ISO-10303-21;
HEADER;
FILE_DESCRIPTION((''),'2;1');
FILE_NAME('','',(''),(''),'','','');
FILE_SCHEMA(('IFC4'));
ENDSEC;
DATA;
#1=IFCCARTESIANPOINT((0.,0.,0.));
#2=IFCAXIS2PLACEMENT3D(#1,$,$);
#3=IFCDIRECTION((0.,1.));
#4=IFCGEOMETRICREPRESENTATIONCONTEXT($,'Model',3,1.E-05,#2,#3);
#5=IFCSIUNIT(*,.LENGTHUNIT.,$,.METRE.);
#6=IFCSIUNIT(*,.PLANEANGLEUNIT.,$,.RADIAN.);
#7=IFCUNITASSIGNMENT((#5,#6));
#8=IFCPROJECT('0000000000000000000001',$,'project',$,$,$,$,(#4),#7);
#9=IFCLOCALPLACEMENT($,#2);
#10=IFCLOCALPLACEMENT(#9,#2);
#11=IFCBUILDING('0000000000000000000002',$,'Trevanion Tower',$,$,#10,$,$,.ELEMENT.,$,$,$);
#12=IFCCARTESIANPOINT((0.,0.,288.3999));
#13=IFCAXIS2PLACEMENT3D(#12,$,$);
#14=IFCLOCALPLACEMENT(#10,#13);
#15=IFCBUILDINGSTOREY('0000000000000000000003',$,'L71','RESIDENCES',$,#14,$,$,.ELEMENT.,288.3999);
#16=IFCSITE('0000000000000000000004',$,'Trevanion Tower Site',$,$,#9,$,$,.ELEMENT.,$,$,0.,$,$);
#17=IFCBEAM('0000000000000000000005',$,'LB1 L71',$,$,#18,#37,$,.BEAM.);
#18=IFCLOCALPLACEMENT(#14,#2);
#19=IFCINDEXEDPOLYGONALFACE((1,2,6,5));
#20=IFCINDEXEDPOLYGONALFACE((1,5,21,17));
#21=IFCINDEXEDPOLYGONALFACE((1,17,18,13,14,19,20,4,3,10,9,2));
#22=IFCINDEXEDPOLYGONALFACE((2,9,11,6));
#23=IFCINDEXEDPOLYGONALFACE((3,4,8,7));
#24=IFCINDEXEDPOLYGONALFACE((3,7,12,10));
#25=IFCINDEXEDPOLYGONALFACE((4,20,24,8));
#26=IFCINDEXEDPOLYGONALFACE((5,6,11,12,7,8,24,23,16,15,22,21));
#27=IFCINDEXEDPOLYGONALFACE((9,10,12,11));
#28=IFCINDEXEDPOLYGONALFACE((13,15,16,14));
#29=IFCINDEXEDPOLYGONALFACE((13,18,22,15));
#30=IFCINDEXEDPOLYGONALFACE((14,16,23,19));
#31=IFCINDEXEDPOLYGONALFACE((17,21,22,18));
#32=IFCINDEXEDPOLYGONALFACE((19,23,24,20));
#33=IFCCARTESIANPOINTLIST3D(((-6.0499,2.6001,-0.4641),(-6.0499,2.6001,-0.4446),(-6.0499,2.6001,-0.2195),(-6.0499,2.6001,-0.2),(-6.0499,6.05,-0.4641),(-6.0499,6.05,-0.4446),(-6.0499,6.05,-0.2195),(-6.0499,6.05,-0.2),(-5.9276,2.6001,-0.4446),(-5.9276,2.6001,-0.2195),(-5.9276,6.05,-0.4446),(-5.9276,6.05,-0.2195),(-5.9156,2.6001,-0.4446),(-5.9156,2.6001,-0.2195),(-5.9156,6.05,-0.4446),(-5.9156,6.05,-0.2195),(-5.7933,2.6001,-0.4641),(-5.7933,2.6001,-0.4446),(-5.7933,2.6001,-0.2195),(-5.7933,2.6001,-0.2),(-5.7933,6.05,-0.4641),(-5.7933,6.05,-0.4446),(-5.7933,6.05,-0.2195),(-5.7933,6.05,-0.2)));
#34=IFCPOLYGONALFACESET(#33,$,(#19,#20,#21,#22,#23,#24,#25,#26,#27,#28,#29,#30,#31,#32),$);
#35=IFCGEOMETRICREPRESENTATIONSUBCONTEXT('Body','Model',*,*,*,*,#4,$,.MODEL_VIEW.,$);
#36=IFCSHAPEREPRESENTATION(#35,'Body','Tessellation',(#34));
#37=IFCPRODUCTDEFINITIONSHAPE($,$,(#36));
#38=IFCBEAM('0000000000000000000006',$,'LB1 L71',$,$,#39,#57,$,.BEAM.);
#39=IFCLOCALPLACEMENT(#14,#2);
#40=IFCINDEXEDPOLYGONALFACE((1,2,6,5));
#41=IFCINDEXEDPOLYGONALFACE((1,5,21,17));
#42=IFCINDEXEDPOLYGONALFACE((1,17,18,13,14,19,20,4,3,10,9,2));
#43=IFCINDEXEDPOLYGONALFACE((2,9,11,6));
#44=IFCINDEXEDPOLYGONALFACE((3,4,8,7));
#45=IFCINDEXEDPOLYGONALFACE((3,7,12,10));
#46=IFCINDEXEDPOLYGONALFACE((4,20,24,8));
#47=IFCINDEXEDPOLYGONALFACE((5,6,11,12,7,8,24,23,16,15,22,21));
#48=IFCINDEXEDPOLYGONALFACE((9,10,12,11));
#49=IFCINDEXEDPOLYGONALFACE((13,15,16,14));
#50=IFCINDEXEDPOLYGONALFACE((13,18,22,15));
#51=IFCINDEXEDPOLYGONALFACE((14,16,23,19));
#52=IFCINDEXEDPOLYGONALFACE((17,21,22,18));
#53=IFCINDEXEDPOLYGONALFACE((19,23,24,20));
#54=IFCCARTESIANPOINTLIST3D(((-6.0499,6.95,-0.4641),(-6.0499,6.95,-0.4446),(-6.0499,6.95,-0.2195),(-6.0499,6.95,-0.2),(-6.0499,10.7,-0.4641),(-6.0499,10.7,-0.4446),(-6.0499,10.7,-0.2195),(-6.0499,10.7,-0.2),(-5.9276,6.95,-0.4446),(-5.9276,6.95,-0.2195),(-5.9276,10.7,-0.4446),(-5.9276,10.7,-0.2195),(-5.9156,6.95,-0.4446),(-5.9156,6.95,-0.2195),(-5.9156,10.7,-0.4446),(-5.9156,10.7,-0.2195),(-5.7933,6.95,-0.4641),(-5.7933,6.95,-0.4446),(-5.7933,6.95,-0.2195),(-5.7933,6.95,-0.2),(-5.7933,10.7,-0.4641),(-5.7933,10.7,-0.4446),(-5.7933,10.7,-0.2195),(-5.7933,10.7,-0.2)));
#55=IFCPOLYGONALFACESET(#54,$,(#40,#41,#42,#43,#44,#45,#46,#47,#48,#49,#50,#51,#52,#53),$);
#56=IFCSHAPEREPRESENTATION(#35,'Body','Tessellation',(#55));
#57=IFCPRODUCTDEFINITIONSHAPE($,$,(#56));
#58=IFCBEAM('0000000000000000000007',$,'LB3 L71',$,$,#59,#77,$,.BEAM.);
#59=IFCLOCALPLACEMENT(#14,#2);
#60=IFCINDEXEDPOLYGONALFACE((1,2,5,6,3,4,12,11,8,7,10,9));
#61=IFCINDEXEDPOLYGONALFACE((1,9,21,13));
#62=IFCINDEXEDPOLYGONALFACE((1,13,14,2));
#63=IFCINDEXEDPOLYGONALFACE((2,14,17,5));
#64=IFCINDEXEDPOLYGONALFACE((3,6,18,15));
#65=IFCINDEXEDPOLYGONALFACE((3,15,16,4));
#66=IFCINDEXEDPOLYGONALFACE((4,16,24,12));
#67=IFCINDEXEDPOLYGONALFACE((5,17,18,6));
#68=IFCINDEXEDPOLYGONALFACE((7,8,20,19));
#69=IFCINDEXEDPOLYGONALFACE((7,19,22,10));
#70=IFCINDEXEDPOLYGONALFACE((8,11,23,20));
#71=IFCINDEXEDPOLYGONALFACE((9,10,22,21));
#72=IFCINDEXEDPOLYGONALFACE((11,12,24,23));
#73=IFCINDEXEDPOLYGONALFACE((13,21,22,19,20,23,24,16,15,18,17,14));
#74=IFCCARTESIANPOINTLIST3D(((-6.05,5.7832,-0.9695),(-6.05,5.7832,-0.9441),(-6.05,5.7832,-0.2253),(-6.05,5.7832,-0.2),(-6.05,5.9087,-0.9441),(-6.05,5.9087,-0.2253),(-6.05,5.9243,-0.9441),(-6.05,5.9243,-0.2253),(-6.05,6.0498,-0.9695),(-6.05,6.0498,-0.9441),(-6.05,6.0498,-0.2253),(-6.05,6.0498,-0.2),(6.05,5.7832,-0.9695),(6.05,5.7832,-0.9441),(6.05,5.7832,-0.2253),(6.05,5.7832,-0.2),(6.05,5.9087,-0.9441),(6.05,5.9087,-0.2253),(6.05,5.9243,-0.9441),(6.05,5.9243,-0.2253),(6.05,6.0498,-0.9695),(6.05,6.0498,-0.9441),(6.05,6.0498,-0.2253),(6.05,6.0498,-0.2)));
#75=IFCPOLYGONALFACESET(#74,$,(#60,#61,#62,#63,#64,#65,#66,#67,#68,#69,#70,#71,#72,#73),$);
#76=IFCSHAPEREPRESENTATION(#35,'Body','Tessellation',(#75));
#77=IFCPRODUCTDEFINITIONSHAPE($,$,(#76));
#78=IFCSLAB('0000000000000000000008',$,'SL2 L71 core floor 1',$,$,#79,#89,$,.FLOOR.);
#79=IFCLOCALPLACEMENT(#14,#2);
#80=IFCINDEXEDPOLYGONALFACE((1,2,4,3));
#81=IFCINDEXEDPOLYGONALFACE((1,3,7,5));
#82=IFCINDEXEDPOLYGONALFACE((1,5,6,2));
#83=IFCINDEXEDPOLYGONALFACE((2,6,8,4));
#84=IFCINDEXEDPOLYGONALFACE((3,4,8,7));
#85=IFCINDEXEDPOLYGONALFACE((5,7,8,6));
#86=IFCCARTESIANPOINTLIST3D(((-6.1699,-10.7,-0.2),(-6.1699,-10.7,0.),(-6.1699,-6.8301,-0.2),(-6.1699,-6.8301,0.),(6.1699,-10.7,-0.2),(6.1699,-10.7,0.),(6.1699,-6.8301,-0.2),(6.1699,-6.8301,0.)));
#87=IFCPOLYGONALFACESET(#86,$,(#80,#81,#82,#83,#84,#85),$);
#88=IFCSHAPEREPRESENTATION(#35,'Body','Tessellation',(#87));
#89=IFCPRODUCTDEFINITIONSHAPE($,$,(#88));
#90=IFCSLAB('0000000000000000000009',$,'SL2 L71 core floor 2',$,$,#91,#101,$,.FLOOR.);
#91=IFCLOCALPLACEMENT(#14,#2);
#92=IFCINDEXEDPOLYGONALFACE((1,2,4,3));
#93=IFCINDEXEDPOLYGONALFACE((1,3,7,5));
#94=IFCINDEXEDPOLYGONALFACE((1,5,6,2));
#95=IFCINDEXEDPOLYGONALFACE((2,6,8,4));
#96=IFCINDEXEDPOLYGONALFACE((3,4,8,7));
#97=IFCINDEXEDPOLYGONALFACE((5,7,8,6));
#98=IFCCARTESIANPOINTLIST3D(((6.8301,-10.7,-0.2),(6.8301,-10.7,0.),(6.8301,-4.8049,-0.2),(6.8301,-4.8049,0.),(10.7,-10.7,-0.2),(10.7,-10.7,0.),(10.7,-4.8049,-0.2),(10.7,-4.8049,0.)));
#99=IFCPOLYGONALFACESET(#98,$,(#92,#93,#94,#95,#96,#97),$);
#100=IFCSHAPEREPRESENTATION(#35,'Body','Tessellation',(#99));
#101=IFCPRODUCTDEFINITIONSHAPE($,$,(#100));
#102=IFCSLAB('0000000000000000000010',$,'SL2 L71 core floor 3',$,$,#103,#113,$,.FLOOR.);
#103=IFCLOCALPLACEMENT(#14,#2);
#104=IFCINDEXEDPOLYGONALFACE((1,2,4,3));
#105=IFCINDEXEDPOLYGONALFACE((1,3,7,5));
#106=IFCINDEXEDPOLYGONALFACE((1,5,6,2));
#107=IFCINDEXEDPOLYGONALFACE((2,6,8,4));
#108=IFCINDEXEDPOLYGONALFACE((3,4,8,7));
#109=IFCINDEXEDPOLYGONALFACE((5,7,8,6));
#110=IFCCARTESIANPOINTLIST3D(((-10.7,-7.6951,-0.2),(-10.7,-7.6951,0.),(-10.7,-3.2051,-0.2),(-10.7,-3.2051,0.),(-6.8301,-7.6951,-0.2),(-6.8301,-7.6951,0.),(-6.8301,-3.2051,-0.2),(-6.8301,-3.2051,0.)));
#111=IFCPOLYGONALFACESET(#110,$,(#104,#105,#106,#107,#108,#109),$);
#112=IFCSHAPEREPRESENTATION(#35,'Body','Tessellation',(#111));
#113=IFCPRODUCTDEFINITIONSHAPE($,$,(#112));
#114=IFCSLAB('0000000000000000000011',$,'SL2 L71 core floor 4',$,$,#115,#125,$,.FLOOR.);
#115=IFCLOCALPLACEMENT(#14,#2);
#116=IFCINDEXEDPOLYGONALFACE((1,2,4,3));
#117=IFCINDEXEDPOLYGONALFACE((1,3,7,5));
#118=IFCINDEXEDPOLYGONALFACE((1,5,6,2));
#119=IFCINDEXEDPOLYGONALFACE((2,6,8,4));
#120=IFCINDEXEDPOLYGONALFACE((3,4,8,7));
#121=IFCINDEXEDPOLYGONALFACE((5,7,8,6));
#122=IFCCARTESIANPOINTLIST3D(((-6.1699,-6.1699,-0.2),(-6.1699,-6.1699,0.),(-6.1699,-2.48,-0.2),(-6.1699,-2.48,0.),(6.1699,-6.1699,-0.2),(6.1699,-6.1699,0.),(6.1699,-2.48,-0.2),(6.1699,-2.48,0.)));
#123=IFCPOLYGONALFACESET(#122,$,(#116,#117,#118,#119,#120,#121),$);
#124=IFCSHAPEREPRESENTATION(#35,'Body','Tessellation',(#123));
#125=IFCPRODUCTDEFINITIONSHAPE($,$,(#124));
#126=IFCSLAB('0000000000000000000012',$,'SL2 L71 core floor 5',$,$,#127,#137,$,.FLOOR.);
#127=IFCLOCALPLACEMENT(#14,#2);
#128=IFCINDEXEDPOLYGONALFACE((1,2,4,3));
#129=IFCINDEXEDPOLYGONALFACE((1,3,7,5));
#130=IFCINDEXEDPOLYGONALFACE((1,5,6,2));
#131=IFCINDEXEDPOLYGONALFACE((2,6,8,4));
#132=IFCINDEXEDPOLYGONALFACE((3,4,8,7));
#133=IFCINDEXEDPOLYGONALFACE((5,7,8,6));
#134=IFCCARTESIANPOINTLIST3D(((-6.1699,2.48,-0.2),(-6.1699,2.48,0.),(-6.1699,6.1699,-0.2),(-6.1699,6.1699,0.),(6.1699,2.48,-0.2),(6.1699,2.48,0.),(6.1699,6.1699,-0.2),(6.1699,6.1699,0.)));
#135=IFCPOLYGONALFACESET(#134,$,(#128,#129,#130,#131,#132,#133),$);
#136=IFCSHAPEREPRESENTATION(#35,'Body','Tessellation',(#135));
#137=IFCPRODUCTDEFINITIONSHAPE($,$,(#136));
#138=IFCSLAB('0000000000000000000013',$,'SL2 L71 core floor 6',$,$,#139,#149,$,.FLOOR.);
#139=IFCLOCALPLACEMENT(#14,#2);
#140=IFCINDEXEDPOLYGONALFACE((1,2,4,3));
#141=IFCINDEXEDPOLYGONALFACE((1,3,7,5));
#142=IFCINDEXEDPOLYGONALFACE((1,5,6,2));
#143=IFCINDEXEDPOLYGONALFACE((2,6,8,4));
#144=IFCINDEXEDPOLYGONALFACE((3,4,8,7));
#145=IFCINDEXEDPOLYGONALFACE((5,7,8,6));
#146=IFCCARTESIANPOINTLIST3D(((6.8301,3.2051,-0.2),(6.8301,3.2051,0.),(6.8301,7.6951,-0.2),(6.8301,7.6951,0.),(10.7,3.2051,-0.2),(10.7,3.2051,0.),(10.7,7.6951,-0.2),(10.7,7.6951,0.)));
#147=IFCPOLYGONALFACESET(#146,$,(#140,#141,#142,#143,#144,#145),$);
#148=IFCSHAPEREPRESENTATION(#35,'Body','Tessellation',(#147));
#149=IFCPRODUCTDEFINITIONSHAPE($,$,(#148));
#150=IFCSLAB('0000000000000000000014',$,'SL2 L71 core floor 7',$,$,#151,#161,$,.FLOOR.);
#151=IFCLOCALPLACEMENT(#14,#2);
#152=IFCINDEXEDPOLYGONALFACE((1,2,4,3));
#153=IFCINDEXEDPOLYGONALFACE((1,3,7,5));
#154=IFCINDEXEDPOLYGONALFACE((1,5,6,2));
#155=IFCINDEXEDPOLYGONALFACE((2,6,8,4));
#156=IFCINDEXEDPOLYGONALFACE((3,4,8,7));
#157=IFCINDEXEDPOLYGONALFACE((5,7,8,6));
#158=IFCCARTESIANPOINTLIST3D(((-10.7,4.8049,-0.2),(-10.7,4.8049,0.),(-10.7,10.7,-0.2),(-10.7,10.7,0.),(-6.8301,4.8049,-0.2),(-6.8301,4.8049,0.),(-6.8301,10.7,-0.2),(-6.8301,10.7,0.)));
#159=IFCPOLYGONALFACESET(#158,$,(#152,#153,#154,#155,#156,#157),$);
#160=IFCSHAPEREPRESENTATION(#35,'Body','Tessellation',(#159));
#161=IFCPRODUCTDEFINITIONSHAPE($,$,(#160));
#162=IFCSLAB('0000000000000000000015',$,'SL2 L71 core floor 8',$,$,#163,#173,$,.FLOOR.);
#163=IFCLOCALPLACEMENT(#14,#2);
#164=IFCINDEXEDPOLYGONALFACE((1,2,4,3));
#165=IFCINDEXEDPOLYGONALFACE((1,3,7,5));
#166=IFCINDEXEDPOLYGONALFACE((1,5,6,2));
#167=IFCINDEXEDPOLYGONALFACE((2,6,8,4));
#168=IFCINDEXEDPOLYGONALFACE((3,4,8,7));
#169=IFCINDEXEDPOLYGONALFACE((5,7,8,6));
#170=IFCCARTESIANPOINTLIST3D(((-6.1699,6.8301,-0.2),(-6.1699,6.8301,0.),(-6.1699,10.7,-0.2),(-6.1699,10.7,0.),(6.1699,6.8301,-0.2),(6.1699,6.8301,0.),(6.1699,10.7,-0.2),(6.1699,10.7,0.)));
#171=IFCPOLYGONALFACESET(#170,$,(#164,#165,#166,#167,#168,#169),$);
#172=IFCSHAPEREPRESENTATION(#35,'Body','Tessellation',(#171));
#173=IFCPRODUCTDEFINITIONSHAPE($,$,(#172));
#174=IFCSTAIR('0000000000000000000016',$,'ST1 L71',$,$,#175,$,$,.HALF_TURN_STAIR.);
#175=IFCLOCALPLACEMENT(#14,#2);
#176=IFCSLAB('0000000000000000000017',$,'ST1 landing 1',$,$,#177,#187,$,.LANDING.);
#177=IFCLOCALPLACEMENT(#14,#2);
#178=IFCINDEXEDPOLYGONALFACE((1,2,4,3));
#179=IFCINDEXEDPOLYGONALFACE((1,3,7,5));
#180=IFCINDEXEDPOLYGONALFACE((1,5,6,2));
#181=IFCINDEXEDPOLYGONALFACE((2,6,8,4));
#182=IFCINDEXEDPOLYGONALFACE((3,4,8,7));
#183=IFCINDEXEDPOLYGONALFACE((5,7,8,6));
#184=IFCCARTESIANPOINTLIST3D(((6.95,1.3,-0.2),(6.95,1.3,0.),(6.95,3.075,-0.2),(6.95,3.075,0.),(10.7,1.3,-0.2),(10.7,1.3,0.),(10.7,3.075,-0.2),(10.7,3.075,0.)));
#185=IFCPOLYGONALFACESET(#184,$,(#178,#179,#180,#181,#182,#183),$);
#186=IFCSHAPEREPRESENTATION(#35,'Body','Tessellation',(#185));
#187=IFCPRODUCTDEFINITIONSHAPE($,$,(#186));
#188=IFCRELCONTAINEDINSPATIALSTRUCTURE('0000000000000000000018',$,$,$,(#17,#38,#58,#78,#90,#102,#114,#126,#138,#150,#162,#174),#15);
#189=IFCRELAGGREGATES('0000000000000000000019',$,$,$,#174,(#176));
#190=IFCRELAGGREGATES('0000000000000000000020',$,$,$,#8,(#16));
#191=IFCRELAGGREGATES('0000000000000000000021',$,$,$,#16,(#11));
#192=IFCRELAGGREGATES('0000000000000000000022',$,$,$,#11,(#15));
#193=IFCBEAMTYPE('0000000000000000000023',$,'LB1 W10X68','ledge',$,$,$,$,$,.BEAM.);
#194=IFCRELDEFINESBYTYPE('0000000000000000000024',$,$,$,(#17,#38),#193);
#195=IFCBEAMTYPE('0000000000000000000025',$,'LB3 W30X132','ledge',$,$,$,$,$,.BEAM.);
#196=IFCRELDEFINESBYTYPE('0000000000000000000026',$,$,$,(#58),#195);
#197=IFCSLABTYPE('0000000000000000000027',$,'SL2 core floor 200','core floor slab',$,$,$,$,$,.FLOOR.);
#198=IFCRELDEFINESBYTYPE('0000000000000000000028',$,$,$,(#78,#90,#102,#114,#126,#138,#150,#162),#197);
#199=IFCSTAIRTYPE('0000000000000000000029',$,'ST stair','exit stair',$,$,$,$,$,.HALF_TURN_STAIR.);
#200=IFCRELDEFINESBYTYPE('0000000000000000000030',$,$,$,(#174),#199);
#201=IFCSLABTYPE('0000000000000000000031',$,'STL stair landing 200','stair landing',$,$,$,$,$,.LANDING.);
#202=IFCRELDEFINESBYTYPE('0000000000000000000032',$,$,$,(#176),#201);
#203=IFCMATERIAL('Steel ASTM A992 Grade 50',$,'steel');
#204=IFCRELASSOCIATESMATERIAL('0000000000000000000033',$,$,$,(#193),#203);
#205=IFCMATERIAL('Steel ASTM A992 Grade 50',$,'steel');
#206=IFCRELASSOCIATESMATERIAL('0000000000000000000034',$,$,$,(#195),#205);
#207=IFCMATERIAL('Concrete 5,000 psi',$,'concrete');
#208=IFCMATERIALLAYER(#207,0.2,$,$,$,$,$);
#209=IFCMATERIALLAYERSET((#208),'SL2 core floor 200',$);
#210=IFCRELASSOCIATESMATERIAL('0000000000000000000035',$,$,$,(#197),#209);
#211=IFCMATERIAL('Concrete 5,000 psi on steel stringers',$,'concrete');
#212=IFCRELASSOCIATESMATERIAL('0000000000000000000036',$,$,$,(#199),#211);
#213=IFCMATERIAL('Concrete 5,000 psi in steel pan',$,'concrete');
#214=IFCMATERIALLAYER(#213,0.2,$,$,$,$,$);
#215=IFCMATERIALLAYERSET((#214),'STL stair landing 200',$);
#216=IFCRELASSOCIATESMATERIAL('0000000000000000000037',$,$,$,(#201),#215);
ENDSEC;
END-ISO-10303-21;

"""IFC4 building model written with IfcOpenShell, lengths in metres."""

from ifc_helpers import new_model, si_unit, direction, frame, origin, origin_2d, place, context, subcontext, project, spatial, polyline, i_section, outline, extrude, material, layer, layer_set, material_profile, profile_set, type_object, element, aggregate, save


model = new_model("IFC4")

# Units and contexts
model_context = context("Model", 3, precision=1e-05, world=origin(), true_north=direction((0.0, 1.0)))
body_context = subcontext(model_context, "Body", "Model", "MODEL_VIEW")
ifc_project = project(units=[si_unit("LENGTHUNIT", "METRE"), si_unit("PLANEANGLEUNIT", "RADIAN")], contexts=[model_context])

# Site, building, storey
site_placement = place(None, origin())
site = spatial("IfcSite", under=ifc_project, at=site_placement, Name="Trevanion Tower Site", CompositionType="ELEMENT", RefElevation=0.0)
building_placement = place(site_placement, origin())
building = spatial("IfcBuilding", under=site, at=building_placement, Name="Trevanion Tower", CompositionType="ELEMENT")
storey_placement = place(building_placement, frame((0.0, 0.0, 288.3999)))
storey = spatial("IfcBuildingStorey", under=building, at=storey_placement, Name="L71", Description="RESIDENCES", CompositionType="ELEMENT", Elevation=288.3999)

# Beams
ifc_material_1 = material(Name="Steel ASTM A992 Grade 50", Category="steel")
ifc_material_profile_1 = material_profile(ifc_material_1, i_section(OverallWidth=0.2566, OverallDepth=0.2642, WebThickness=0.012, FlangeThickness=0.0195, at=origin_2d()), Name="W10X68")
ifc_profile_set_1 = profile_set([ifc_material_profile_1], Name="Steel ASTM A992 Grade 50")
beam_type_1 = type_object("IfcBeamType", Name="LB1 W10X68", Description="ledge", PredefinedType="BEAM", material=ifc_profile_set_1)
beam_1_placement = place(storey_placement, frame((-5.9216, 2.6001, -0.332), z_axis=(0.0, 1.0, 0.0), x_axis=(-1.0, 0.0, 0.0)))
element("IfcBeam", 1, at=beam_1_placement, inside=storey, type_object=beam_type_1, Name="LB1 L71", PredefinedType="BEAM", context=body_context, shape_type="SweptSolid", body=[
    extrude(i_section(OverallWidth=0.2566, OverallDepth=0.2642, WebThickness=0.012, FlangeThickness=0.0195, at=origin_2d()), origin(), (0.0, 0.0, 1.0), 3.45),
])
beam_2_placement = place(storey_placement, frame((-5.9216, 6.95, -0.332), z_axis=(0.0, 1.0, 0.0), x_axis=(-1.0, 0.0, 0.0)))
element("IfcBeam", 2, at=beam_2_placement, inside=storey, type_object=beam_type_1, Name="LB1 L71", PredefinedType="BEAM", context=body_context, shape_type="SweptSolid", body=[
    extrude(i_section(OverallWidth=0.2566, OverallDepth=0.2642, WebThickness=0.012, FlangeThickness=0.0195, at=origin_2d()), origin(), (0.0, 0.0, 1.0), 3.75),
])
ifc_material_2 = material(Name="Steel ASTM A992 Grade 50", Category="steel")
ifc_material_profile_2 = material_profile(ifc_material_2, i_section(OverallWidth=0.2666, OverallDepth=0.7695, WebThickness=0.0156, FlangeThickness=0.0254, at=origin_2d()), Name="W30X132")
ifc_profile_set_2 = profile_set([ifc_material_profile_2], Name="Steel ASTM A992 Grade 50")
beam_type_2 = type_object("IfcBeamType", Name="LB3 W30X132", Description="ledge", PredefinedType="BEAM", material=ifc_profile_set_2)
beam_3_placement = place(storey_placement, frame((-6.05, 5.9165, -0.5847), z_axis=(1.0, 0.0, 0.0), x_axis=(0.0, 1.0, 0.0)))
element("IfcBeam", 3, at=beam_3_placement, inside=storey, type_object=beam_type_2, Name="LB3 L71", PredefinedType="BEAM", context=body_context, shape_type="SweptSolid", body=[
    extrude(i_section(OverallWidth=0.2666, OverallDepth=0.7695, WebThickness=0.0156, FlangeThickness=0.0254, at=origin_2d()), origin(), (0.0, 0.0, 1.0), 12.1001),
])

# Slabs
ifc_material_3 = material(Name="Concrete 5,000 psi", Category="concrete")
ifc_layer_1 = layer(ifc_material_3, 0.2)
ifc_layer_set_1 = layer_set([ifc_layer_1], Name="SL2 core floor 200")
slab_type_1 = type_object("IfcSlabType", Name="SL2 core floor 200", Description="core floor slab", PredefinedType="FLOOR", material=ifc_layer_set_1)
slab_1_placement = place(storey_placement, frame((0.0, 0.0, -0.2)))
element("IfcSlab", 4, at=slab_1_placement, inside=storey, type_object=slab_type_1, Name="SL2 L71 core floor 1", PredefinedType="FLOOR", context=body_context, shape_type="SweptSolid", body=[
    extrude(outline(polyline([(6.1699, -10.7), (-6.1699, -10.7), (-6.1699, -6.8301), (6.1699, -6.8301), (6.1699, -10.7)])), origin(), (0.0, 0.0, 1.0), 0.2),
])
slab_2_placement = place(storey_placement, frame((0.0, 0.0, -0.2)))
element("IfcSlab", 5, at=slab_2_placement, inside=storey, type_object=slab_type_1, Name="SL2 L71 core floor 2", PredefinedType="FLOOR", context=body_context, shape_type="SweptSolid", body=[
    extrude(outline(polyline([(6.8301, -4.8049), (10.7, -4.8049), (10.7, -10.7), (6.8301, -10.7), (6.8301, -4.8049)])), origin(), (0.0, 0.0, 1.0), 0.2),
])
slab_3_placement = place(storey_placement, frame((0.0, 0.0, -0.2)))
element("IfcSlab", 6, at=slab_3_placement, inside=storey, type_object=slab_type_1, Name="SL2 L71 core floor 3", PredefinedType="FLOOR", context=body_context, shape_type="SweptSolid", body=[
    extrude(outline(polyline([(-6.8301, -3.2051), (-6.8301, -7.6951), (-10.7, -7.6951), (-10.7, -3.2051), (-6.8301, -3.2051)])), origin(), (0.0, 0.0, 1.0), 0.2),
])
slab_4_placement = place(storey_placement, frame((0.0, 0.0, -0.2)))
element("IfcSlab", 7, at=slab_4_placement, inside=storey, type_object=slab_type_1, Name="SL2 L71 core floor 4", PredefinedType="FLOOR", context=body_context, shape_type="SweptSolid", body=[
    extrude(outline(polyline([(6.1699, -6.1699), (-6.1699, -6.1699), (-6.1699, -2.48), (6.1699, -2.48), (6.1699, -6.1699)])), origin(), (0.0, 0.0, 1.0), 0.2),
])
slab_5_placement = place(storey_placement, frame((0.0, 0.0, -0.2)))
element("IfcSlab", 8, at=slab_5_placement, inside=storey, type_object=slab_type_1, Name="SL2 L71 core floor 5", PredefinedType="FLOOR", context=body_context, shape_type="SweptSolid", body=[
    extrude(outline(polyline([(6.1699, 2.48), (-6.1699, 2.48), (-6.1699, 6.1699), (6.1699, 6.1699), (6.1699, 2.48)])), origin(), (0.0, 0.0, 1.0), 0.2),
])
slab_6_placement = place(storey_placement, frame((0.0, 0.0, -0.2)))
element("IfcSlab", 9, at=slab_6_placement, inside=storey, type_object=slab_type_1, Name="SL2 L71 core floor 6", PredefinedType="FLOOR", context=body_context, shape_type="SweptSolid", body=[
    extrude(outline(polyline([(6.8301, 3.2051), (6.8301, 7.6951), (10.7, 7.6951), (10.7, 3.2051), (6.8301, 3.2051)])), origin(), (0.0, 0.0, 1.0), 0.2),
])
slab_7_placement = place(storey_placement, frame((0.0, 0.0, -0.2)))
element("IfcSlab", 10, at=slab_7_placement, inside=storey, type_object=slab_type_1, Name="SL2 L71 core floor 7", PredefinedType="FLOOR", context=body_context, shape_type="SweptSolid", body=[
    extrude(outline(polyline([(-6.8301, 4.8049), (-10.7, 4.8049), (-10.7, 10.7), (-6.8301, 10.7), (-6.8301, 4.8049)])), origin(), (0.0, 0.0, 1.0), 0.2),
])
slab_8_placement = place(storey_placement, frame((0.0, 0.0, -0.2)))
element("IfcSlab", 11, at=slab_8_placement, inside=storey, type_object=slab_type_1, Name="SL2 L71 core floor 8", PredefinedType="FLOOR", context=body_context, shape_type="SweptSolid", body=[
    extrude(outline(polyline([(6.1699, 6.8301), (-6.1699, 6.8301), (-6.1699, 10.7), (6.1699, 10.7), (6.1699, 6.8301)])), origin(), (0.0, 0.0, 1.0), 0.2),
])

# Stair, slab
ifc_material_4 = material(Name="Concrete 5,000 psi on steel stringers", Category="concrete")
stair_type = type_object("IfcStairType", Name="ST stair", Description="exit stair", PredefinedType="HALF_TURN_STAIR", material=ifc_material_4)
stair_1_placement = place(storey_placement, origin())
stair_1 = element("IfcStair", 12, at=stair_1_placement, inside=storey, type_object=stair_type, Name="ST1 L71", PredefinedType="HALF_TURN_STAIR")
ifc_material_5 = material(Name="Concrete 5,000 psi in steel pan", Category="concrete")
ifc_layer_2 = layer(ifc_material_5, 0.2)
ifc_layer_set_2 = layer_set([ifc_layer_2], Name="STL stair landing 200")
slab_type_2 = type_object("IfcSlabType", Name="STL stair landing 200", Description="stair landing", PredefinedType="LANDING", material=ifc_layer_set_2)
slab_9_placement = place(storey_placement, frame((0.0, 0.0, -0.2)))
slab_9 = element("IfcSlab", 13, at=slab_9_placement, type_object=slab_type_2, Name="ST1 landing 1", PredefinedType="LANDING", context=body_context, shape_type="SweptSolid", body=[
    extrude(outline(polyline([(6.95, 1.3), (10.7, 1.3), (10.7, 3.075), (6.95, 3.075), (6.95, 1.3)])), origin(), (0.0, 0.0, 1.0), 0.2),
])
aggregate(stair_1, [slab_9])

save(model, "model.ifc")
